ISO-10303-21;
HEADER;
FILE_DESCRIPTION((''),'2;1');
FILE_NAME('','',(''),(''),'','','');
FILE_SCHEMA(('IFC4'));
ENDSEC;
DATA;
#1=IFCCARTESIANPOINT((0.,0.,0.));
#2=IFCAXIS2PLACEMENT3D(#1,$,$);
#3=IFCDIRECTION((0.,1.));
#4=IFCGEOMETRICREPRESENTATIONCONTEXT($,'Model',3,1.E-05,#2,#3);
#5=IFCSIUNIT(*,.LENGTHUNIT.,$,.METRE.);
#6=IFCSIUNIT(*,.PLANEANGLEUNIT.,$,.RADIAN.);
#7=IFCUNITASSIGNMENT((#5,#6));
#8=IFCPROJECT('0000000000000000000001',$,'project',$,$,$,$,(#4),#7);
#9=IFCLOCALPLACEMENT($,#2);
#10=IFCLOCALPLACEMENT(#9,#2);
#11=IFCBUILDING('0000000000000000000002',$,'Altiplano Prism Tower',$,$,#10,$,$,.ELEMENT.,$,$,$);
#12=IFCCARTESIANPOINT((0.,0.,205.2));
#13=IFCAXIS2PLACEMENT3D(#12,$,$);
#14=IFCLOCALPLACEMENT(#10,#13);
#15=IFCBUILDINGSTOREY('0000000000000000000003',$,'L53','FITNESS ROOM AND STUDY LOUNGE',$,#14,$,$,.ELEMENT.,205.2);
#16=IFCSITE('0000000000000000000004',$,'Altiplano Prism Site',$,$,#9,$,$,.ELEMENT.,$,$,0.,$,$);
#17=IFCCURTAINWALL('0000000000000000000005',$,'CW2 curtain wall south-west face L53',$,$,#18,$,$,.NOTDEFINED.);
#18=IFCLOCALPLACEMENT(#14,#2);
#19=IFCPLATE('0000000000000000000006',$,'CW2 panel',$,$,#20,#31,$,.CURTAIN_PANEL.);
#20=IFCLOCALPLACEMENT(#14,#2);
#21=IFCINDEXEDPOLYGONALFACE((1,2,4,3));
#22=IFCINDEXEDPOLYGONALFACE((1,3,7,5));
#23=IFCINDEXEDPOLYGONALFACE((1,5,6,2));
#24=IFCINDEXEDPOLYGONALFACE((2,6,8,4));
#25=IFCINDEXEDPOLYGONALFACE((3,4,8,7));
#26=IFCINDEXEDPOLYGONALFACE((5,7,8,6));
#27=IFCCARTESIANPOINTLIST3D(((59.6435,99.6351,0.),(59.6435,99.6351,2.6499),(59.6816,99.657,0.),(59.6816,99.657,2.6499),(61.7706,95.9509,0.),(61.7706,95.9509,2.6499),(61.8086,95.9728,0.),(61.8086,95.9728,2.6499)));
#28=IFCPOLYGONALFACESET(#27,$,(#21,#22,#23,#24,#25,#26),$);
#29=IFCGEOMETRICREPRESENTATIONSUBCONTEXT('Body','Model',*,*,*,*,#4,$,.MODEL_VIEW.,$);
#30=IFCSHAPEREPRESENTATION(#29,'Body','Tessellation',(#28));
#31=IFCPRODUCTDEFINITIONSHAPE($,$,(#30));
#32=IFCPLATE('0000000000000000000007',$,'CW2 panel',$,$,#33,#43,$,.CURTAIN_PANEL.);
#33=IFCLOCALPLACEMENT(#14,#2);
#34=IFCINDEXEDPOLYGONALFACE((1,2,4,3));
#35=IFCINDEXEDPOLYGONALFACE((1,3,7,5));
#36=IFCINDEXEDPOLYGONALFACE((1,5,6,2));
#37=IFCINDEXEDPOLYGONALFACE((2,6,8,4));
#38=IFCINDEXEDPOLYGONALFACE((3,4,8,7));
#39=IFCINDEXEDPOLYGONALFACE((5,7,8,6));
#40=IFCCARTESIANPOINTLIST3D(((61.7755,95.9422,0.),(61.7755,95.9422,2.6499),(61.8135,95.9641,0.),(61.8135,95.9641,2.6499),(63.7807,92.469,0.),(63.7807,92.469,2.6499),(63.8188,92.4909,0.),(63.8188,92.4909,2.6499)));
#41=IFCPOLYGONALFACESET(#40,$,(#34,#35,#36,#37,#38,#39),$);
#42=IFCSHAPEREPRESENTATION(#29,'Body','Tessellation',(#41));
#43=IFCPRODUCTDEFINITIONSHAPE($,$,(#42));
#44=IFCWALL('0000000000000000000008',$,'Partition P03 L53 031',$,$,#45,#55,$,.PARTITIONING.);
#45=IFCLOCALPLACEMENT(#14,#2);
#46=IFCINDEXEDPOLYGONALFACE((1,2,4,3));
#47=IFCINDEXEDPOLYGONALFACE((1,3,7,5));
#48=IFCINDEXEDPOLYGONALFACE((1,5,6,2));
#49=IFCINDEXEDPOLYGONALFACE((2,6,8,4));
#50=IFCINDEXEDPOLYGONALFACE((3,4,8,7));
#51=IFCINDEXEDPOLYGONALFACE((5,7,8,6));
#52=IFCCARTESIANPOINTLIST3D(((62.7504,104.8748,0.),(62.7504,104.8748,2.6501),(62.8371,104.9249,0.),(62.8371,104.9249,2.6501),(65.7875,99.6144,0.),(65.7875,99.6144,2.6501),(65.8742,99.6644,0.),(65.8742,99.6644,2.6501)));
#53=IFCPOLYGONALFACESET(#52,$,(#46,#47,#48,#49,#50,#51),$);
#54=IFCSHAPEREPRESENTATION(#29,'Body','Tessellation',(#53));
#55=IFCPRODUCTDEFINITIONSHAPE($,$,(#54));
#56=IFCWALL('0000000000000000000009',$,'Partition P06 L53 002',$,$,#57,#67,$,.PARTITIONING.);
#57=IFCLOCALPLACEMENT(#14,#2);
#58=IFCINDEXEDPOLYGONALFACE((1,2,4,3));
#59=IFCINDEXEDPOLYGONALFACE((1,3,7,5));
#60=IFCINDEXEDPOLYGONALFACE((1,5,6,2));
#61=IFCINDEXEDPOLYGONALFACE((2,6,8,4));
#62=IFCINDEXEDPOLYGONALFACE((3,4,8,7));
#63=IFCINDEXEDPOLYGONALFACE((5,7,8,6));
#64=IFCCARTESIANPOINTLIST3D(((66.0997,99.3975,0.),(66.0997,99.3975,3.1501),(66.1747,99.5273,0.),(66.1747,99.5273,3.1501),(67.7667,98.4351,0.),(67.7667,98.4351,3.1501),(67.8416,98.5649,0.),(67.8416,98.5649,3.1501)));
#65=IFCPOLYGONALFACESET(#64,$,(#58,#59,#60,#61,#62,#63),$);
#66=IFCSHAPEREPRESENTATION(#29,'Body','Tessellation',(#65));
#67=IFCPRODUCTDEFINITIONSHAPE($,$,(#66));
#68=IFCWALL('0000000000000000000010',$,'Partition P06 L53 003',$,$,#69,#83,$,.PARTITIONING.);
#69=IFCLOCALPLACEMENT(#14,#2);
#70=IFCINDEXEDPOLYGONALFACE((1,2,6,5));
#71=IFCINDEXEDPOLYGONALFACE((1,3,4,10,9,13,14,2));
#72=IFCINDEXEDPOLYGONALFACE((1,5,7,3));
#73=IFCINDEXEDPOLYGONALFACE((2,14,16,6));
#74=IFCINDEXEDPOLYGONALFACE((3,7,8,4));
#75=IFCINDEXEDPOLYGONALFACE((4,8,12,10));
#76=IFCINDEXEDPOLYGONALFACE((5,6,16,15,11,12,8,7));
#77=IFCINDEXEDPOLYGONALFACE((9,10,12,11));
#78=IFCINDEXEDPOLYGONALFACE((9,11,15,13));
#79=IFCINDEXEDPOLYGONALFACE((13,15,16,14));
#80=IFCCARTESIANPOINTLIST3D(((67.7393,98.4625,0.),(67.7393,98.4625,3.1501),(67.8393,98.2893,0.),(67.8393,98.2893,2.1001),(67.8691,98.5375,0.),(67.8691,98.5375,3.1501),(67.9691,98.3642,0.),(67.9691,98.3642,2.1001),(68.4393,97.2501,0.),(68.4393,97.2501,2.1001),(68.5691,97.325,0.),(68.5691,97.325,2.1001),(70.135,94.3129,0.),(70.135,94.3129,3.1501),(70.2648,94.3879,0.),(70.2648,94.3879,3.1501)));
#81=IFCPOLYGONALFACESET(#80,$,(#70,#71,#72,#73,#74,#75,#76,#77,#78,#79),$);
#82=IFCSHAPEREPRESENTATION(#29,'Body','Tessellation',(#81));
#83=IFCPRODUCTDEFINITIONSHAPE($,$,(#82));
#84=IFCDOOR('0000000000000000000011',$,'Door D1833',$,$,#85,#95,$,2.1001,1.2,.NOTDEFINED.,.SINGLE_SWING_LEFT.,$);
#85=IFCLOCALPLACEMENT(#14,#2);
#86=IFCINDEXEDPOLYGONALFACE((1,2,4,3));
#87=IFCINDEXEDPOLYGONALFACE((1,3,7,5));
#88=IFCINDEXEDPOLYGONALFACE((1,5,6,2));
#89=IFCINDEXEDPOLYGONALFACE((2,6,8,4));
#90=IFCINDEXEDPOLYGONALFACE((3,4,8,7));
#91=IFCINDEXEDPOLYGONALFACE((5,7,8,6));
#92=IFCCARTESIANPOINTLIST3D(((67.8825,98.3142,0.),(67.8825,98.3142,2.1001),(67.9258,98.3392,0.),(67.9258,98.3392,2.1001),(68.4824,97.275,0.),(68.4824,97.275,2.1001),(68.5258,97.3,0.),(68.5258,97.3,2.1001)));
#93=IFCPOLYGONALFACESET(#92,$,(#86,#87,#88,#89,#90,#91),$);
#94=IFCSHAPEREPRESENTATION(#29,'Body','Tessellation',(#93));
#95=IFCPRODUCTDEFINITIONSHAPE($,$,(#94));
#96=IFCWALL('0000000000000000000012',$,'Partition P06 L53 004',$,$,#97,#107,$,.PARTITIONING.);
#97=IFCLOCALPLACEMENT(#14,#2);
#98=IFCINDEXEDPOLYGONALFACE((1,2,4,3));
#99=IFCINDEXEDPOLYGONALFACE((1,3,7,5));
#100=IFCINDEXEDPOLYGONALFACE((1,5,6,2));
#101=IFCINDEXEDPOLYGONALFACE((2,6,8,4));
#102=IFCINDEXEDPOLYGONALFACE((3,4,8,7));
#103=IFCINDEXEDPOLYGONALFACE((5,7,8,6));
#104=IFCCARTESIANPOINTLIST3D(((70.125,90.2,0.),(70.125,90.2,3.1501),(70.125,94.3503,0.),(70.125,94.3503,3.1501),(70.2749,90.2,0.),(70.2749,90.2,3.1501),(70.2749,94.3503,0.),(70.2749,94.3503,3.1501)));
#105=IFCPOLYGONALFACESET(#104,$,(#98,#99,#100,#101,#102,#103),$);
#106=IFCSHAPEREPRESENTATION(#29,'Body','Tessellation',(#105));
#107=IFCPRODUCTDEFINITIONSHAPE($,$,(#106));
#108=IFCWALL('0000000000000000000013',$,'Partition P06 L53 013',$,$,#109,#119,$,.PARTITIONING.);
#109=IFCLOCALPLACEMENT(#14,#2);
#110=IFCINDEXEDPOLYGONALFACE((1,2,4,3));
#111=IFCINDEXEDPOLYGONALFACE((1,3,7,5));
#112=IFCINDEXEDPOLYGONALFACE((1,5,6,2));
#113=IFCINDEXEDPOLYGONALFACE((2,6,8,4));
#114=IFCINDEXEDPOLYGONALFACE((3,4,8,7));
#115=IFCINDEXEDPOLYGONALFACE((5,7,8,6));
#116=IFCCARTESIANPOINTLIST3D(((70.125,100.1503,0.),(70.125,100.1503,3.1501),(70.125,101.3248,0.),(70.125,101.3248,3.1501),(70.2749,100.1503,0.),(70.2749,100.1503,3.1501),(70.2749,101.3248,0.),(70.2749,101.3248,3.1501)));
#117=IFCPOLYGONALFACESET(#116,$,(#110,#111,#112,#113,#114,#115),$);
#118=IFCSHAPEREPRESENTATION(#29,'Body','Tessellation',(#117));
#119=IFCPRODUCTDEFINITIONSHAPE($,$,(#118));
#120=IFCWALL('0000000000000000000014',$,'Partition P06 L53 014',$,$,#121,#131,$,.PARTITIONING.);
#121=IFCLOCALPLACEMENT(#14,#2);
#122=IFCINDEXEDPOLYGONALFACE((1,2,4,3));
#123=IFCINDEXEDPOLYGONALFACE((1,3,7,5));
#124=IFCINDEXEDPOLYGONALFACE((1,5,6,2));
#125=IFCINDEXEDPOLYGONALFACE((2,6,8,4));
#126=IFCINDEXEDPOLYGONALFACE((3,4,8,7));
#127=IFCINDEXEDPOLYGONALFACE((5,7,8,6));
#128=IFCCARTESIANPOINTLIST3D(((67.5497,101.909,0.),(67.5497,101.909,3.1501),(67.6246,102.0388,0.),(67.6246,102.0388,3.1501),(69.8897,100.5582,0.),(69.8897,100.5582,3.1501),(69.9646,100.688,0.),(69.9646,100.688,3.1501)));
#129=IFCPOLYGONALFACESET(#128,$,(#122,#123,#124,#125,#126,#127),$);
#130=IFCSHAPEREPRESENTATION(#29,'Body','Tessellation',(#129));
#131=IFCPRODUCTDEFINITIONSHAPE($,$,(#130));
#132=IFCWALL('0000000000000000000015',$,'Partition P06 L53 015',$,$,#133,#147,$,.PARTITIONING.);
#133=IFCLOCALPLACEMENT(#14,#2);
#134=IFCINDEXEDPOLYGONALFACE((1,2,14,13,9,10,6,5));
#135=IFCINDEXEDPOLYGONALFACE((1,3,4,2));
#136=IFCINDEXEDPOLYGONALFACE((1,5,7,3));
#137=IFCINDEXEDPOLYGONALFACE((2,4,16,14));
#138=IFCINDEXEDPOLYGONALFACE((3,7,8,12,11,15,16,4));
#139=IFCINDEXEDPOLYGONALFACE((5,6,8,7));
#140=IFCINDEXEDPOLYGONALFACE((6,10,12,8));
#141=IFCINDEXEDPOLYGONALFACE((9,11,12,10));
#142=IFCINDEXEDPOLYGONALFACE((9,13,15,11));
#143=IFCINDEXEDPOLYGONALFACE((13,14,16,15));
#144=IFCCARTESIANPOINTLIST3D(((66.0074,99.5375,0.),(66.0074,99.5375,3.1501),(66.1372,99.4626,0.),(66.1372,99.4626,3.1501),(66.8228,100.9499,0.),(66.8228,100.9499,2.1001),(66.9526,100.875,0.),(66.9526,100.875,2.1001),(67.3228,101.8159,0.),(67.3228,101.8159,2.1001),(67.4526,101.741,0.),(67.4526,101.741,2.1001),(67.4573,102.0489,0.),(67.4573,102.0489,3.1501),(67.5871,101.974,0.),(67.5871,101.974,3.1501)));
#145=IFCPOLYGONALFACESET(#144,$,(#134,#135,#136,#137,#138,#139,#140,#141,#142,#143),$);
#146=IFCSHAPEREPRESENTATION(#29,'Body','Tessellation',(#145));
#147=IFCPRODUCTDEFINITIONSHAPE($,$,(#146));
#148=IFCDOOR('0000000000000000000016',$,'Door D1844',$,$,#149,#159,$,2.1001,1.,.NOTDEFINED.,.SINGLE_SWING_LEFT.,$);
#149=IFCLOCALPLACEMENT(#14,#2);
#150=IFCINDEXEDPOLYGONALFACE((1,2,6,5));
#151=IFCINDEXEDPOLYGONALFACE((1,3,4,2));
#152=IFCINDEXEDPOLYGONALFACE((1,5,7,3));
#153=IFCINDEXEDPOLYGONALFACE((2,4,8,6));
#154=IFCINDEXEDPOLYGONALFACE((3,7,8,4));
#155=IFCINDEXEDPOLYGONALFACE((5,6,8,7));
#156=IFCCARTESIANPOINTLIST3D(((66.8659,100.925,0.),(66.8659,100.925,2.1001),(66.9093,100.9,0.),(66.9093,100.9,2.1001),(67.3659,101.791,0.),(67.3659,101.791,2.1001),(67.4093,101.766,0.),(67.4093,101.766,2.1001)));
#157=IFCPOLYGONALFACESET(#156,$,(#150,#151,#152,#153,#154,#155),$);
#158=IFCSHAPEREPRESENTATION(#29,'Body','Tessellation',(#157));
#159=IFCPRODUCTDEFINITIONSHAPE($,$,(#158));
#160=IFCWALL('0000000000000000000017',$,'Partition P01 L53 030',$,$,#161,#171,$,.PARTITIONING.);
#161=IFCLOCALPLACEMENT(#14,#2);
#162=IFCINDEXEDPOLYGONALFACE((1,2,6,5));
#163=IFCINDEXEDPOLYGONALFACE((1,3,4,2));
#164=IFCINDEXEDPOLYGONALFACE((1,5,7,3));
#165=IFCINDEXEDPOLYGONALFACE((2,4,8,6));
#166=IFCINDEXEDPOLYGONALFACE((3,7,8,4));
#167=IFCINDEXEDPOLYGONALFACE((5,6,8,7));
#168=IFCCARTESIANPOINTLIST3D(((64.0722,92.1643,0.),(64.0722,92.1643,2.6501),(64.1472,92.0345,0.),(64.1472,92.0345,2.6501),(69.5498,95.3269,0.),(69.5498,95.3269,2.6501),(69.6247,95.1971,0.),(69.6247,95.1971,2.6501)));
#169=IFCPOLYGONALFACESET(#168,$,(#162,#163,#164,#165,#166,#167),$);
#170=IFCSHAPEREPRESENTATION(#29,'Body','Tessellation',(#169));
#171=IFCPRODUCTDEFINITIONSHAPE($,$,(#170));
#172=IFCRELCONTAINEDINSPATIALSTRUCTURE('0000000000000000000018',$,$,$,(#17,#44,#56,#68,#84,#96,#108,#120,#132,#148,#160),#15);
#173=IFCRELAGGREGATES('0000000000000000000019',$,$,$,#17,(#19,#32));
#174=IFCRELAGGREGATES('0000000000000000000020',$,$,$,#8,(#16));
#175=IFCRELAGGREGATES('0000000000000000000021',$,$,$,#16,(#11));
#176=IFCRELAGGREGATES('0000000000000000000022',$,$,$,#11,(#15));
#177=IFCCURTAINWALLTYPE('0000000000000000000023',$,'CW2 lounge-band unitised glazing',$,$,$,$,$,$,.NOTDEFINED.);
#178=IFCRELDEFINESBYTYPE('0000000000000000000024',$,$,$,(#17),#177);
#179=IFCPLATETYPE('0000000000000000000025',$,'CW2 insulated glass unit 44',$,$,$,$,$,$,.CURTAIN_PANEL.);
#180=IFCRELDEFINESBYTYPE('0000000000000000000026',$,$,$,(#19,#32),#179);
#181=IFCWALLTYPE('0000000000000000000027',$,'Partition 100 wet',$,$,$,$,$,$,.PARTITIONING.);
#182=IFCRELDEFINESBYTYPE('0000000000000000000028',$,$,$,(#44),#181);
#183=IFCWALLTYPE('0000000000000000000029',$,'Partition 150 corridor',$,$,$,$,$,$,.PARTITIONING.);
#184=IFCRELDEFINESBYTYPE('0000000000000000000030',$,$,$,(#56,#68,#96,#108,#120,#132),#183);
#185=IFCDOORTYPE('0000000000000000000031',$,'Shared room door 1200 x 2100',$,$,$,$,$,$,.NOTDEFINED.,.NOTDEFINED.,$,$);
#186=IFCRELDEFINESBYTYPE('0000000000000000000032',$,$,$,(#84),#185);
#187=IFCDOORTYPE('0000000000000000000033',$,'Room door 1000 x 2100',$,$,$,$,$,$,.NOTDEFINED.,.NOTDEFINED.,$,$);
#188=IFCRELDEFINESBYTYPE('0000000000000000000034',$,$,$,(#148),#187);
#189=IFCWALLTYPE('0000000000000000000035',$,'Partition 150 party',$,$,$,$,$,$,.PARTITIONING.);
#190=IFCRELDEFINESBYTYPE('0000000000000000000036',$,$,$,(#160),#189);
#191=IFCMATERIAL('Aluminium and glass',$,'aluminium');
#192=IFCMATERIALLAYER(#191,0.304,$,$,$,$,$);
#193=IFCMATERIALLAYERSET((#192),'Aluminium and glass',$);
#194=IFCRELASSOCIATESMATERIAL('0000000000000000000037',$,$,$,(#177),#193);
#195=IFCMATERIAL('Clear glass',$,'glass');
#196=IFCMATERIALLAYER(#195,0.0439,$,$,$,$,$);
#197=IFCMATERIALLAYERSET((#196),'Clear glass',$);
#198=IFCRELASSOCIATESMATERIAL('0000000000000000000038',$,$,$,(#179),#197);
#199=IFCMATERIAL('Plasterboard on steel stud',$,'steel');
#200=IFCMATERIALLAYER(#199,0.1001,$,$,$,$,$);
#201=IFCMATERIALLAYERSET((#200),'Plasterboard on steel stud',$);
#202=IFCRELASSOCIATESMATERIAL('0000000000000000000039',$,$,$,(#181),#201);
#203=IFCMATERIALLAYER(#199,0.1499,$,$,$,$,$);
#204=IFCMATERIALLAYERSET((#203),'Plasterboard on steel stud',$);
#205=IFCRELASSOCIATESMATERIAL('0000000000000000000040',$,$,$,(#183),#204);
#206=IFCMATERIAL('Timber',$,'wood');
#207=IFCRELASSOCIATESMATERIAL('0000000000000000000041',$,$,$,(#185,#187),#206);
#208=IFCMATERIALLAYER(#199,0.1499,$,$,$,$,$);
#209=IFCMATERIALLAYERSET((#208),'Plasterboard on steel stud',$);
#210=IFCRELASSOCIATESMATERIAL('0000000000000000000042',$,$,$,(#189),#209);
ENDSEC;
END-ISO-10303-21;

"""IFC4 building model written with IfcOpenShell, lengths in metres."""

from ifc_helpers import new_model, si_unit, direction, frame, frame_2d, origin, origin_2d, place, context, subcontext, project, spatial, rectangle, extrude, material, layer, layer_set, type_object, element, fill, aggregate, save


model = new_model("IFC4")

# Units and contexts
model_context = context("Model", 3, precision=1e-05, world=origin(), true_north=direction((0.0, 1.0)))
body_context = subcontext(model_context, "Body", "Model", "MODEL_VIEW")
ifc_project = project(units=[si_unit("LENGTHUNIT", "METRE"), si_unit("PLANEANGLEUNIT", "RADIAN")], contexts=[model_context])

# Site, building, storey
site_placement = place(None, origin())
site = spatial("IfcSite", under=ifc_project, at=site_placement, Name="Altiplano Prism Site", CompositionType="ELEMENT", RefElevation=0.0)
building_placement = place(site_placement, origin())
building = spatial("IfcBuilding", under=site, at=building_placement, Name="Altiplano Prism Tower", CompositionType="ELEMENT")
storey_placement = place(building_placement, frame((0.0, 0.0, 205.2)))
storey = spatial("IfcBuildingStorey", under=building, at=storey_placement, Name="L53", Description="FITNESS ROOM AND STUDY LOUNGE", CompositionType="ELEMENT", Elevation=205.2)

# Curtain wall
ifc_material_1 = material(Name="Aluminium and glass", Category="aluminium")
ifc_layer_1 = layer(ifc_material_1, 0.304)
ifc_layer_set_1 = layer_set([ifc_layer_1], Name="Aluminium and glass")
curtain_wall_type = type_object("IfcCurtainWallType", Name="CW2 lounge-band unitised glazing", PredefinedType="NOTDEFINED", material=ifc_layer_set_1)
curtain_wall_1_placement = place(storey_placement, origin())
curtain_wall_1 = element("IfcCurtainWall", 1, at=curtain_wall_1_placement, inside=storey, type_object=curtain_wall_type, Name="CW2 curtain wall south-west face L53", PredefinedType="NOTDEFINED")

# Plates
ifc_material_2 = material(Name="Clear glass", Category="glass")
ifc_layer_2 = layer(ifc_material_2, 0.0439)
ifc_layer_set_2 = layer_set([ifc_layer_2], Name="Clear glass")
plate_type = type_object("IfcPlateType", Name="CW2 insulated glass unit 44", PredefinedType="CURTAIN_PANEL", material=ifc_layer_set_2)
plate_1_placement = place(storey_placement, frame((60.7261, 97.804, 0.0), z_axis=(0.0, 0.0, 1.0), x_axis=(0.5, -0.866025, 0.0)))
plate_1 = element("IfcPlate", 2, at=plate_1_placement, type_object=plate_type, Name="CW2 panel", PredefinedType="CURTAIN_PANEL", context=body_context, shape_type="SweptSolid", body=[
    extrude(rectangle(XDim=4.2542, YDim=0.0439, at=origin_2d()), origin(), (0.0, 0.0, 1.0), 2.6499),
])
plate_2_placement = place(storey_placement, frame((62.7971, 94.2166, 0.0), z_axis=(0.0, 0.0, 1.0), x_axis=(0.5, -0.866025, 0.0)))
plate_2 = element("IfcPlate", 3, at=plate_2_placement, type_object=plate_type, Name="CW2 panel", PredefinedType="CURTAIN_PANEL", context=body_context, shape_type="SweptSolid", body=[
    extrude(rectangle(XDim=4.0105, YDim=0.0439, at=origin_2d()), origin(), (0.0, 0.0, 1.0), 2.6499),
])
aggregate(curtain_wall_1, [plate_1, plate_2])

# Walls
ifc_material_3 = material(Name="Plasterboard on steel stud", Category="steel")
ifc_layer_3 = layer(ifc_material_3, 0.1001)
ifc_layer_set_3 = layer_set([ifc_layer_3], Name="Plasterboard on steel stud")
wall_type_1 = type_object("IfcWallType", Name="Partition 100 wet", PredefinedType="PARTITIONING", material=ifc_layer_set_3)
wall_1_placement = place(storey_placement, frame((65.8308, 99.6394, 0.0), z_axis=(0.0, 0.0, 1.0), x_axis=(-0.499995, 0.866028, 0.0)))
element("IfcWall", 4, at=wall_1_placement, inside=storey, type_object=wall_type_1, Name="Partition P03 L53 031", PredefinedType="PARTITIONING", context=body_context, shape_type="SweptSolid", body=[
    extrude(rectangle(XDim=6.0742, YDim=0.1001, at=frame_2d((3.0371, 0.0))), origin(), (0.0, 0.0, 1.0), 2.6501),
])
ifc_layer_4 = layer(ifc_material_3, 0.1499)
ifc_layer_set_4 = layer_set([ifc_layer_4], Name="Plasterboard on steel stud")
wall_type_2 = type_object("IfcWallType", Name="Partition 150 corridor", PredefinedType="PARTITIONING", material=ifc_layer_set_4)
wall_2_placement = place(storey_placement, frame((66.1372, 99.4624, 0.0), z_axis=(0.0, 0.0, 1.0), x_axis=(0.866034, -0.499986, 0.0)))
element("IfcWall", 5, at=wall_2_placement, inside=storey, type_object=wall_type_2, Name="Partition P06 L53 002", PredefinedType="PARTITIONING", context=body_context, shape_type="SweptSolid", body=[
    extrude(rectangle(XDim=1.9248, YDim=0.1499, at=frame_2d((0.9624, 0.0))), origin(), (0.0, 0.0, 1.0), 3.1501),
])

# Wall, opening, door
wall_3_placement = place(storey_placement, frame((67.8042, 98.5, 0.0), z_axis=(0.0, 0.0, 1.0), x_axis=(0.499991, -0.86603, 0.0)))
wall_3 = element("IfcWall", 6, at=wall_3_placement, inside=storey, type_object=wall_type_2, Name="Partition P06 L53 003", PredefinedType="PARTITIONING", context=body_context, shape_type="SweptSolid", body=[
    extrude(rectangle(XDim=4.7915, YDim=0.1499, at=frame_2d((2.3958, 0.0))), origin(), (0.0, 0.0, 1.0), 3.1501),
])
opening_1_placement = place(wall_3_placement, frame((0.2, 0.0, 0.0)))
opening_1 = element("IfcOpeningElement", 7, at=opening_1_placement, cuts=wall_3, PredefinedType="OPENING", context=body_context, shape_type="SweptSolid", body=[
    extrude(rectangle(XDim=1.2, YDim=2.1001, at=frame_2d((0.6001, 1.05))), frame((0.0, 0.0854, 0.0), z_axis=(0.0, -1.0, 0.0), x_axis=(1.0, 0.0, 0.0)), (0.0, 0.0, 1.0), 0.1709),
])
ifc_material_4 = material(Name="Timber", Category="wood")
door_type_1 = type_object("IfcDoorType", Name="Shared room door 1200 x 2100", OperationType="NOTDEFINED", PredefinedType="NOTDEFINED", material=ifc_material_4)
door_1_placement = place(opening_1_placement, origin())
door_1 = element("IfcDoor", 8, at=door_1_placement, inside=storey, type_object=door_type_1, Name="Door D1833", OperationType="SINGLE_SWING_LEFT", OverallHeight=2.1001, OverallWidth=1.2, PredefinedType="NOTDEFINED", context=body_context, shape_type="SweptSolid", body=[
    extrude(rectangle(XDim=1.2, YDim=2.1001, at=frame_2d((0.6001, 1.05))), frame((0.0, 0.0249, 0.0), z_axis=(0.0, -1.0, 0.0), x_axis=(1.0, 0.0, 0.0)), (0.0, 0.0, 1.0), 0.05),
])
fill(opening_1, door_1)

# Walls
wall_4_placement = place(storey_placement, frame((70.2, 94.3503, 0.0), z_axis=(0.0, 0.0, 1.0), x_axis=(0.0, -1.0, 0.0)))
element("IfcWall", 9, at=wall_4_placement, inside=storey, type_object=wall_type_2, Name="Partition P06 L53 004", PredefinedType="PARTITIONING", context=body_context, shape_type="SweptSolid", body=[
    extrude(rectangle(XDim=4.1504, YDim=0.1499, at=frame_2d((2.0752, 0.0))), origin(), (0.0, 0.0, 1.0), 3.1501),
])
wall_5_placement = place(storey_placement, frame((70.2, 101.325, 0.0), z_axis=(0.0, 0.0, 1.0), x_axis=(0.0, -1.0, 0.0)))
element("IfcWall", 10, at=wall_5_placement, inside=storey, type_object=wall_type_2, Name="Partition P06 L53 013", PredefinedType="PARTITIONING", context=body_context, shape_type="SweptSolid", body=[
    extrude(rectangle(XDim=1.1746, YDim=0.1499, at=frame_2d((0.5874, 0.0))), origin(), (0.0, 0.0, 1.0), 3.1501),
])
wall_6_placement = place(storey_placement, frame((69.9272, 100.623, 0.0), z_axis=(0.0, 0.0, 1.0), x_axis=(-0.866061, 0.499939, 0.0)))
element("IfcWall", 11, at=wall_6_placement, inside=storey, type_object=wall_type_2, Name="Partition P06 L53 014", PredefinedType="PARTITIONING", context=body_context, shape_type="SweptSolid", body=[
    extrude(rectangle(XDim=2.7019, YDim=0.1499, at=frame_2d((1.3511, 0.0))), origin(), (0.0, 0.0, 1.0), 3.1501),
])

# Wall, opening, door
wall_7_placement = place(storey_placement, frame((67.5222, 102.0115, 0.0), z_axis=(0.0, 0.0, 1.0), x_axis=(-0.499987, -0.866033, 0.0)))
wall_7 = element("IfcWall", 12, at=wall_7_placement, inside=storey, type_object=wall_type_2, Name="Partition P06 L53 015", PredefinedType="PARTITIONING", context=body_context, shape_type="SweptSolid", body=[
    extrude(rectangle(XDim=2.8999, YDim=0.1499, at=frame_2d((1.45, 0.0))), origin(), (0.0, 0.0, 1.0), 3.1501),
])
opening_2_placement = place(wall_7_placement, frame((0.269, 0.0, 0.0)))
opening_2 = element("IfcOpeningElement", 13, at=opening_2_placement, cuts=wall_7, PredefinedType="OPENING", context=body_context, shape_type="SweptSolid", body=[
    extrude(rectangle(XDim=1.0, YDim=2.1001, at=frame_2d((0.5, 1.05))), frame((0.0, 0.0854, 0.0), z_axis=(0.0, -1.0, 0.0), x_axis=(1.0, 0.0, 0.0)), (0.0, 0.0, 1.0), 0.1709),
])
door_type_2 = type_object("IfcDoorType", Name="Room door 1000 x 2100", OperationType="NOTDEFINED", PredefinedType="NOTDEFINED", material=ifc_material_4)
door_2_placement = place(opening_2_placement, origin())
door_2 = element("IfcDoor", 14, at=door_2_placement, inside=storey, type_object=door_type_2, Name="Door D1844", OperationType="SINGLE_SWING_LEFT", OverallHeight=2.1001, OverallWidth=1.0, PredefinedType="NOTDEFINED", context=body_context, shape_type="SweptSolid", body=[
    extrude(rectangle(XDim=1.0, YDim=2.1001, at=frame_2d((0.5, 1.05))), frame((0.0, 0.0249, 0.0), z_axis=(0.0, -1.0, 0.0), x_axis=(1.0, 0.0, 0.0)), (0.0, 0.0, 1.0), 0.05),
])
fill(opening_2, door_2)

# Wall
ifc_layer_5 = layer(ifc_material_3, 0.1499)
ifc_layer_set_5 = layer_set([ifc_layer_5], Name="Plasterboard on steel stud")
wall_type_3 = type_object("IfcWallType", Name="Partition 150 party", PredefinedType="PARTITIONING", material=ifc_layer_set_5)
wall_8_placement = place(storey_placement, frame((64.1096, 92.0994, 0.0), z_axis=(0.0, 0.0, 1.0), x_axis=(0.866016, 0.500016, 0.0)))
element("IfcWall", 15, at=wall_8_placement, inside=storey, type_object=wall_type_3, Name="Partition P01 L53 030", PredefinedType="PARTITIONING", context=body_context, shape_type="SweptSolid", body=[
    extrude(rectangle(XDim=6.325, YDim=0.1499, at=frame_2d((3.1626, 0.0))), origin(), (0.0, 0.0, 1.0), 2.6501),
])

save(model, "model.ifc")
